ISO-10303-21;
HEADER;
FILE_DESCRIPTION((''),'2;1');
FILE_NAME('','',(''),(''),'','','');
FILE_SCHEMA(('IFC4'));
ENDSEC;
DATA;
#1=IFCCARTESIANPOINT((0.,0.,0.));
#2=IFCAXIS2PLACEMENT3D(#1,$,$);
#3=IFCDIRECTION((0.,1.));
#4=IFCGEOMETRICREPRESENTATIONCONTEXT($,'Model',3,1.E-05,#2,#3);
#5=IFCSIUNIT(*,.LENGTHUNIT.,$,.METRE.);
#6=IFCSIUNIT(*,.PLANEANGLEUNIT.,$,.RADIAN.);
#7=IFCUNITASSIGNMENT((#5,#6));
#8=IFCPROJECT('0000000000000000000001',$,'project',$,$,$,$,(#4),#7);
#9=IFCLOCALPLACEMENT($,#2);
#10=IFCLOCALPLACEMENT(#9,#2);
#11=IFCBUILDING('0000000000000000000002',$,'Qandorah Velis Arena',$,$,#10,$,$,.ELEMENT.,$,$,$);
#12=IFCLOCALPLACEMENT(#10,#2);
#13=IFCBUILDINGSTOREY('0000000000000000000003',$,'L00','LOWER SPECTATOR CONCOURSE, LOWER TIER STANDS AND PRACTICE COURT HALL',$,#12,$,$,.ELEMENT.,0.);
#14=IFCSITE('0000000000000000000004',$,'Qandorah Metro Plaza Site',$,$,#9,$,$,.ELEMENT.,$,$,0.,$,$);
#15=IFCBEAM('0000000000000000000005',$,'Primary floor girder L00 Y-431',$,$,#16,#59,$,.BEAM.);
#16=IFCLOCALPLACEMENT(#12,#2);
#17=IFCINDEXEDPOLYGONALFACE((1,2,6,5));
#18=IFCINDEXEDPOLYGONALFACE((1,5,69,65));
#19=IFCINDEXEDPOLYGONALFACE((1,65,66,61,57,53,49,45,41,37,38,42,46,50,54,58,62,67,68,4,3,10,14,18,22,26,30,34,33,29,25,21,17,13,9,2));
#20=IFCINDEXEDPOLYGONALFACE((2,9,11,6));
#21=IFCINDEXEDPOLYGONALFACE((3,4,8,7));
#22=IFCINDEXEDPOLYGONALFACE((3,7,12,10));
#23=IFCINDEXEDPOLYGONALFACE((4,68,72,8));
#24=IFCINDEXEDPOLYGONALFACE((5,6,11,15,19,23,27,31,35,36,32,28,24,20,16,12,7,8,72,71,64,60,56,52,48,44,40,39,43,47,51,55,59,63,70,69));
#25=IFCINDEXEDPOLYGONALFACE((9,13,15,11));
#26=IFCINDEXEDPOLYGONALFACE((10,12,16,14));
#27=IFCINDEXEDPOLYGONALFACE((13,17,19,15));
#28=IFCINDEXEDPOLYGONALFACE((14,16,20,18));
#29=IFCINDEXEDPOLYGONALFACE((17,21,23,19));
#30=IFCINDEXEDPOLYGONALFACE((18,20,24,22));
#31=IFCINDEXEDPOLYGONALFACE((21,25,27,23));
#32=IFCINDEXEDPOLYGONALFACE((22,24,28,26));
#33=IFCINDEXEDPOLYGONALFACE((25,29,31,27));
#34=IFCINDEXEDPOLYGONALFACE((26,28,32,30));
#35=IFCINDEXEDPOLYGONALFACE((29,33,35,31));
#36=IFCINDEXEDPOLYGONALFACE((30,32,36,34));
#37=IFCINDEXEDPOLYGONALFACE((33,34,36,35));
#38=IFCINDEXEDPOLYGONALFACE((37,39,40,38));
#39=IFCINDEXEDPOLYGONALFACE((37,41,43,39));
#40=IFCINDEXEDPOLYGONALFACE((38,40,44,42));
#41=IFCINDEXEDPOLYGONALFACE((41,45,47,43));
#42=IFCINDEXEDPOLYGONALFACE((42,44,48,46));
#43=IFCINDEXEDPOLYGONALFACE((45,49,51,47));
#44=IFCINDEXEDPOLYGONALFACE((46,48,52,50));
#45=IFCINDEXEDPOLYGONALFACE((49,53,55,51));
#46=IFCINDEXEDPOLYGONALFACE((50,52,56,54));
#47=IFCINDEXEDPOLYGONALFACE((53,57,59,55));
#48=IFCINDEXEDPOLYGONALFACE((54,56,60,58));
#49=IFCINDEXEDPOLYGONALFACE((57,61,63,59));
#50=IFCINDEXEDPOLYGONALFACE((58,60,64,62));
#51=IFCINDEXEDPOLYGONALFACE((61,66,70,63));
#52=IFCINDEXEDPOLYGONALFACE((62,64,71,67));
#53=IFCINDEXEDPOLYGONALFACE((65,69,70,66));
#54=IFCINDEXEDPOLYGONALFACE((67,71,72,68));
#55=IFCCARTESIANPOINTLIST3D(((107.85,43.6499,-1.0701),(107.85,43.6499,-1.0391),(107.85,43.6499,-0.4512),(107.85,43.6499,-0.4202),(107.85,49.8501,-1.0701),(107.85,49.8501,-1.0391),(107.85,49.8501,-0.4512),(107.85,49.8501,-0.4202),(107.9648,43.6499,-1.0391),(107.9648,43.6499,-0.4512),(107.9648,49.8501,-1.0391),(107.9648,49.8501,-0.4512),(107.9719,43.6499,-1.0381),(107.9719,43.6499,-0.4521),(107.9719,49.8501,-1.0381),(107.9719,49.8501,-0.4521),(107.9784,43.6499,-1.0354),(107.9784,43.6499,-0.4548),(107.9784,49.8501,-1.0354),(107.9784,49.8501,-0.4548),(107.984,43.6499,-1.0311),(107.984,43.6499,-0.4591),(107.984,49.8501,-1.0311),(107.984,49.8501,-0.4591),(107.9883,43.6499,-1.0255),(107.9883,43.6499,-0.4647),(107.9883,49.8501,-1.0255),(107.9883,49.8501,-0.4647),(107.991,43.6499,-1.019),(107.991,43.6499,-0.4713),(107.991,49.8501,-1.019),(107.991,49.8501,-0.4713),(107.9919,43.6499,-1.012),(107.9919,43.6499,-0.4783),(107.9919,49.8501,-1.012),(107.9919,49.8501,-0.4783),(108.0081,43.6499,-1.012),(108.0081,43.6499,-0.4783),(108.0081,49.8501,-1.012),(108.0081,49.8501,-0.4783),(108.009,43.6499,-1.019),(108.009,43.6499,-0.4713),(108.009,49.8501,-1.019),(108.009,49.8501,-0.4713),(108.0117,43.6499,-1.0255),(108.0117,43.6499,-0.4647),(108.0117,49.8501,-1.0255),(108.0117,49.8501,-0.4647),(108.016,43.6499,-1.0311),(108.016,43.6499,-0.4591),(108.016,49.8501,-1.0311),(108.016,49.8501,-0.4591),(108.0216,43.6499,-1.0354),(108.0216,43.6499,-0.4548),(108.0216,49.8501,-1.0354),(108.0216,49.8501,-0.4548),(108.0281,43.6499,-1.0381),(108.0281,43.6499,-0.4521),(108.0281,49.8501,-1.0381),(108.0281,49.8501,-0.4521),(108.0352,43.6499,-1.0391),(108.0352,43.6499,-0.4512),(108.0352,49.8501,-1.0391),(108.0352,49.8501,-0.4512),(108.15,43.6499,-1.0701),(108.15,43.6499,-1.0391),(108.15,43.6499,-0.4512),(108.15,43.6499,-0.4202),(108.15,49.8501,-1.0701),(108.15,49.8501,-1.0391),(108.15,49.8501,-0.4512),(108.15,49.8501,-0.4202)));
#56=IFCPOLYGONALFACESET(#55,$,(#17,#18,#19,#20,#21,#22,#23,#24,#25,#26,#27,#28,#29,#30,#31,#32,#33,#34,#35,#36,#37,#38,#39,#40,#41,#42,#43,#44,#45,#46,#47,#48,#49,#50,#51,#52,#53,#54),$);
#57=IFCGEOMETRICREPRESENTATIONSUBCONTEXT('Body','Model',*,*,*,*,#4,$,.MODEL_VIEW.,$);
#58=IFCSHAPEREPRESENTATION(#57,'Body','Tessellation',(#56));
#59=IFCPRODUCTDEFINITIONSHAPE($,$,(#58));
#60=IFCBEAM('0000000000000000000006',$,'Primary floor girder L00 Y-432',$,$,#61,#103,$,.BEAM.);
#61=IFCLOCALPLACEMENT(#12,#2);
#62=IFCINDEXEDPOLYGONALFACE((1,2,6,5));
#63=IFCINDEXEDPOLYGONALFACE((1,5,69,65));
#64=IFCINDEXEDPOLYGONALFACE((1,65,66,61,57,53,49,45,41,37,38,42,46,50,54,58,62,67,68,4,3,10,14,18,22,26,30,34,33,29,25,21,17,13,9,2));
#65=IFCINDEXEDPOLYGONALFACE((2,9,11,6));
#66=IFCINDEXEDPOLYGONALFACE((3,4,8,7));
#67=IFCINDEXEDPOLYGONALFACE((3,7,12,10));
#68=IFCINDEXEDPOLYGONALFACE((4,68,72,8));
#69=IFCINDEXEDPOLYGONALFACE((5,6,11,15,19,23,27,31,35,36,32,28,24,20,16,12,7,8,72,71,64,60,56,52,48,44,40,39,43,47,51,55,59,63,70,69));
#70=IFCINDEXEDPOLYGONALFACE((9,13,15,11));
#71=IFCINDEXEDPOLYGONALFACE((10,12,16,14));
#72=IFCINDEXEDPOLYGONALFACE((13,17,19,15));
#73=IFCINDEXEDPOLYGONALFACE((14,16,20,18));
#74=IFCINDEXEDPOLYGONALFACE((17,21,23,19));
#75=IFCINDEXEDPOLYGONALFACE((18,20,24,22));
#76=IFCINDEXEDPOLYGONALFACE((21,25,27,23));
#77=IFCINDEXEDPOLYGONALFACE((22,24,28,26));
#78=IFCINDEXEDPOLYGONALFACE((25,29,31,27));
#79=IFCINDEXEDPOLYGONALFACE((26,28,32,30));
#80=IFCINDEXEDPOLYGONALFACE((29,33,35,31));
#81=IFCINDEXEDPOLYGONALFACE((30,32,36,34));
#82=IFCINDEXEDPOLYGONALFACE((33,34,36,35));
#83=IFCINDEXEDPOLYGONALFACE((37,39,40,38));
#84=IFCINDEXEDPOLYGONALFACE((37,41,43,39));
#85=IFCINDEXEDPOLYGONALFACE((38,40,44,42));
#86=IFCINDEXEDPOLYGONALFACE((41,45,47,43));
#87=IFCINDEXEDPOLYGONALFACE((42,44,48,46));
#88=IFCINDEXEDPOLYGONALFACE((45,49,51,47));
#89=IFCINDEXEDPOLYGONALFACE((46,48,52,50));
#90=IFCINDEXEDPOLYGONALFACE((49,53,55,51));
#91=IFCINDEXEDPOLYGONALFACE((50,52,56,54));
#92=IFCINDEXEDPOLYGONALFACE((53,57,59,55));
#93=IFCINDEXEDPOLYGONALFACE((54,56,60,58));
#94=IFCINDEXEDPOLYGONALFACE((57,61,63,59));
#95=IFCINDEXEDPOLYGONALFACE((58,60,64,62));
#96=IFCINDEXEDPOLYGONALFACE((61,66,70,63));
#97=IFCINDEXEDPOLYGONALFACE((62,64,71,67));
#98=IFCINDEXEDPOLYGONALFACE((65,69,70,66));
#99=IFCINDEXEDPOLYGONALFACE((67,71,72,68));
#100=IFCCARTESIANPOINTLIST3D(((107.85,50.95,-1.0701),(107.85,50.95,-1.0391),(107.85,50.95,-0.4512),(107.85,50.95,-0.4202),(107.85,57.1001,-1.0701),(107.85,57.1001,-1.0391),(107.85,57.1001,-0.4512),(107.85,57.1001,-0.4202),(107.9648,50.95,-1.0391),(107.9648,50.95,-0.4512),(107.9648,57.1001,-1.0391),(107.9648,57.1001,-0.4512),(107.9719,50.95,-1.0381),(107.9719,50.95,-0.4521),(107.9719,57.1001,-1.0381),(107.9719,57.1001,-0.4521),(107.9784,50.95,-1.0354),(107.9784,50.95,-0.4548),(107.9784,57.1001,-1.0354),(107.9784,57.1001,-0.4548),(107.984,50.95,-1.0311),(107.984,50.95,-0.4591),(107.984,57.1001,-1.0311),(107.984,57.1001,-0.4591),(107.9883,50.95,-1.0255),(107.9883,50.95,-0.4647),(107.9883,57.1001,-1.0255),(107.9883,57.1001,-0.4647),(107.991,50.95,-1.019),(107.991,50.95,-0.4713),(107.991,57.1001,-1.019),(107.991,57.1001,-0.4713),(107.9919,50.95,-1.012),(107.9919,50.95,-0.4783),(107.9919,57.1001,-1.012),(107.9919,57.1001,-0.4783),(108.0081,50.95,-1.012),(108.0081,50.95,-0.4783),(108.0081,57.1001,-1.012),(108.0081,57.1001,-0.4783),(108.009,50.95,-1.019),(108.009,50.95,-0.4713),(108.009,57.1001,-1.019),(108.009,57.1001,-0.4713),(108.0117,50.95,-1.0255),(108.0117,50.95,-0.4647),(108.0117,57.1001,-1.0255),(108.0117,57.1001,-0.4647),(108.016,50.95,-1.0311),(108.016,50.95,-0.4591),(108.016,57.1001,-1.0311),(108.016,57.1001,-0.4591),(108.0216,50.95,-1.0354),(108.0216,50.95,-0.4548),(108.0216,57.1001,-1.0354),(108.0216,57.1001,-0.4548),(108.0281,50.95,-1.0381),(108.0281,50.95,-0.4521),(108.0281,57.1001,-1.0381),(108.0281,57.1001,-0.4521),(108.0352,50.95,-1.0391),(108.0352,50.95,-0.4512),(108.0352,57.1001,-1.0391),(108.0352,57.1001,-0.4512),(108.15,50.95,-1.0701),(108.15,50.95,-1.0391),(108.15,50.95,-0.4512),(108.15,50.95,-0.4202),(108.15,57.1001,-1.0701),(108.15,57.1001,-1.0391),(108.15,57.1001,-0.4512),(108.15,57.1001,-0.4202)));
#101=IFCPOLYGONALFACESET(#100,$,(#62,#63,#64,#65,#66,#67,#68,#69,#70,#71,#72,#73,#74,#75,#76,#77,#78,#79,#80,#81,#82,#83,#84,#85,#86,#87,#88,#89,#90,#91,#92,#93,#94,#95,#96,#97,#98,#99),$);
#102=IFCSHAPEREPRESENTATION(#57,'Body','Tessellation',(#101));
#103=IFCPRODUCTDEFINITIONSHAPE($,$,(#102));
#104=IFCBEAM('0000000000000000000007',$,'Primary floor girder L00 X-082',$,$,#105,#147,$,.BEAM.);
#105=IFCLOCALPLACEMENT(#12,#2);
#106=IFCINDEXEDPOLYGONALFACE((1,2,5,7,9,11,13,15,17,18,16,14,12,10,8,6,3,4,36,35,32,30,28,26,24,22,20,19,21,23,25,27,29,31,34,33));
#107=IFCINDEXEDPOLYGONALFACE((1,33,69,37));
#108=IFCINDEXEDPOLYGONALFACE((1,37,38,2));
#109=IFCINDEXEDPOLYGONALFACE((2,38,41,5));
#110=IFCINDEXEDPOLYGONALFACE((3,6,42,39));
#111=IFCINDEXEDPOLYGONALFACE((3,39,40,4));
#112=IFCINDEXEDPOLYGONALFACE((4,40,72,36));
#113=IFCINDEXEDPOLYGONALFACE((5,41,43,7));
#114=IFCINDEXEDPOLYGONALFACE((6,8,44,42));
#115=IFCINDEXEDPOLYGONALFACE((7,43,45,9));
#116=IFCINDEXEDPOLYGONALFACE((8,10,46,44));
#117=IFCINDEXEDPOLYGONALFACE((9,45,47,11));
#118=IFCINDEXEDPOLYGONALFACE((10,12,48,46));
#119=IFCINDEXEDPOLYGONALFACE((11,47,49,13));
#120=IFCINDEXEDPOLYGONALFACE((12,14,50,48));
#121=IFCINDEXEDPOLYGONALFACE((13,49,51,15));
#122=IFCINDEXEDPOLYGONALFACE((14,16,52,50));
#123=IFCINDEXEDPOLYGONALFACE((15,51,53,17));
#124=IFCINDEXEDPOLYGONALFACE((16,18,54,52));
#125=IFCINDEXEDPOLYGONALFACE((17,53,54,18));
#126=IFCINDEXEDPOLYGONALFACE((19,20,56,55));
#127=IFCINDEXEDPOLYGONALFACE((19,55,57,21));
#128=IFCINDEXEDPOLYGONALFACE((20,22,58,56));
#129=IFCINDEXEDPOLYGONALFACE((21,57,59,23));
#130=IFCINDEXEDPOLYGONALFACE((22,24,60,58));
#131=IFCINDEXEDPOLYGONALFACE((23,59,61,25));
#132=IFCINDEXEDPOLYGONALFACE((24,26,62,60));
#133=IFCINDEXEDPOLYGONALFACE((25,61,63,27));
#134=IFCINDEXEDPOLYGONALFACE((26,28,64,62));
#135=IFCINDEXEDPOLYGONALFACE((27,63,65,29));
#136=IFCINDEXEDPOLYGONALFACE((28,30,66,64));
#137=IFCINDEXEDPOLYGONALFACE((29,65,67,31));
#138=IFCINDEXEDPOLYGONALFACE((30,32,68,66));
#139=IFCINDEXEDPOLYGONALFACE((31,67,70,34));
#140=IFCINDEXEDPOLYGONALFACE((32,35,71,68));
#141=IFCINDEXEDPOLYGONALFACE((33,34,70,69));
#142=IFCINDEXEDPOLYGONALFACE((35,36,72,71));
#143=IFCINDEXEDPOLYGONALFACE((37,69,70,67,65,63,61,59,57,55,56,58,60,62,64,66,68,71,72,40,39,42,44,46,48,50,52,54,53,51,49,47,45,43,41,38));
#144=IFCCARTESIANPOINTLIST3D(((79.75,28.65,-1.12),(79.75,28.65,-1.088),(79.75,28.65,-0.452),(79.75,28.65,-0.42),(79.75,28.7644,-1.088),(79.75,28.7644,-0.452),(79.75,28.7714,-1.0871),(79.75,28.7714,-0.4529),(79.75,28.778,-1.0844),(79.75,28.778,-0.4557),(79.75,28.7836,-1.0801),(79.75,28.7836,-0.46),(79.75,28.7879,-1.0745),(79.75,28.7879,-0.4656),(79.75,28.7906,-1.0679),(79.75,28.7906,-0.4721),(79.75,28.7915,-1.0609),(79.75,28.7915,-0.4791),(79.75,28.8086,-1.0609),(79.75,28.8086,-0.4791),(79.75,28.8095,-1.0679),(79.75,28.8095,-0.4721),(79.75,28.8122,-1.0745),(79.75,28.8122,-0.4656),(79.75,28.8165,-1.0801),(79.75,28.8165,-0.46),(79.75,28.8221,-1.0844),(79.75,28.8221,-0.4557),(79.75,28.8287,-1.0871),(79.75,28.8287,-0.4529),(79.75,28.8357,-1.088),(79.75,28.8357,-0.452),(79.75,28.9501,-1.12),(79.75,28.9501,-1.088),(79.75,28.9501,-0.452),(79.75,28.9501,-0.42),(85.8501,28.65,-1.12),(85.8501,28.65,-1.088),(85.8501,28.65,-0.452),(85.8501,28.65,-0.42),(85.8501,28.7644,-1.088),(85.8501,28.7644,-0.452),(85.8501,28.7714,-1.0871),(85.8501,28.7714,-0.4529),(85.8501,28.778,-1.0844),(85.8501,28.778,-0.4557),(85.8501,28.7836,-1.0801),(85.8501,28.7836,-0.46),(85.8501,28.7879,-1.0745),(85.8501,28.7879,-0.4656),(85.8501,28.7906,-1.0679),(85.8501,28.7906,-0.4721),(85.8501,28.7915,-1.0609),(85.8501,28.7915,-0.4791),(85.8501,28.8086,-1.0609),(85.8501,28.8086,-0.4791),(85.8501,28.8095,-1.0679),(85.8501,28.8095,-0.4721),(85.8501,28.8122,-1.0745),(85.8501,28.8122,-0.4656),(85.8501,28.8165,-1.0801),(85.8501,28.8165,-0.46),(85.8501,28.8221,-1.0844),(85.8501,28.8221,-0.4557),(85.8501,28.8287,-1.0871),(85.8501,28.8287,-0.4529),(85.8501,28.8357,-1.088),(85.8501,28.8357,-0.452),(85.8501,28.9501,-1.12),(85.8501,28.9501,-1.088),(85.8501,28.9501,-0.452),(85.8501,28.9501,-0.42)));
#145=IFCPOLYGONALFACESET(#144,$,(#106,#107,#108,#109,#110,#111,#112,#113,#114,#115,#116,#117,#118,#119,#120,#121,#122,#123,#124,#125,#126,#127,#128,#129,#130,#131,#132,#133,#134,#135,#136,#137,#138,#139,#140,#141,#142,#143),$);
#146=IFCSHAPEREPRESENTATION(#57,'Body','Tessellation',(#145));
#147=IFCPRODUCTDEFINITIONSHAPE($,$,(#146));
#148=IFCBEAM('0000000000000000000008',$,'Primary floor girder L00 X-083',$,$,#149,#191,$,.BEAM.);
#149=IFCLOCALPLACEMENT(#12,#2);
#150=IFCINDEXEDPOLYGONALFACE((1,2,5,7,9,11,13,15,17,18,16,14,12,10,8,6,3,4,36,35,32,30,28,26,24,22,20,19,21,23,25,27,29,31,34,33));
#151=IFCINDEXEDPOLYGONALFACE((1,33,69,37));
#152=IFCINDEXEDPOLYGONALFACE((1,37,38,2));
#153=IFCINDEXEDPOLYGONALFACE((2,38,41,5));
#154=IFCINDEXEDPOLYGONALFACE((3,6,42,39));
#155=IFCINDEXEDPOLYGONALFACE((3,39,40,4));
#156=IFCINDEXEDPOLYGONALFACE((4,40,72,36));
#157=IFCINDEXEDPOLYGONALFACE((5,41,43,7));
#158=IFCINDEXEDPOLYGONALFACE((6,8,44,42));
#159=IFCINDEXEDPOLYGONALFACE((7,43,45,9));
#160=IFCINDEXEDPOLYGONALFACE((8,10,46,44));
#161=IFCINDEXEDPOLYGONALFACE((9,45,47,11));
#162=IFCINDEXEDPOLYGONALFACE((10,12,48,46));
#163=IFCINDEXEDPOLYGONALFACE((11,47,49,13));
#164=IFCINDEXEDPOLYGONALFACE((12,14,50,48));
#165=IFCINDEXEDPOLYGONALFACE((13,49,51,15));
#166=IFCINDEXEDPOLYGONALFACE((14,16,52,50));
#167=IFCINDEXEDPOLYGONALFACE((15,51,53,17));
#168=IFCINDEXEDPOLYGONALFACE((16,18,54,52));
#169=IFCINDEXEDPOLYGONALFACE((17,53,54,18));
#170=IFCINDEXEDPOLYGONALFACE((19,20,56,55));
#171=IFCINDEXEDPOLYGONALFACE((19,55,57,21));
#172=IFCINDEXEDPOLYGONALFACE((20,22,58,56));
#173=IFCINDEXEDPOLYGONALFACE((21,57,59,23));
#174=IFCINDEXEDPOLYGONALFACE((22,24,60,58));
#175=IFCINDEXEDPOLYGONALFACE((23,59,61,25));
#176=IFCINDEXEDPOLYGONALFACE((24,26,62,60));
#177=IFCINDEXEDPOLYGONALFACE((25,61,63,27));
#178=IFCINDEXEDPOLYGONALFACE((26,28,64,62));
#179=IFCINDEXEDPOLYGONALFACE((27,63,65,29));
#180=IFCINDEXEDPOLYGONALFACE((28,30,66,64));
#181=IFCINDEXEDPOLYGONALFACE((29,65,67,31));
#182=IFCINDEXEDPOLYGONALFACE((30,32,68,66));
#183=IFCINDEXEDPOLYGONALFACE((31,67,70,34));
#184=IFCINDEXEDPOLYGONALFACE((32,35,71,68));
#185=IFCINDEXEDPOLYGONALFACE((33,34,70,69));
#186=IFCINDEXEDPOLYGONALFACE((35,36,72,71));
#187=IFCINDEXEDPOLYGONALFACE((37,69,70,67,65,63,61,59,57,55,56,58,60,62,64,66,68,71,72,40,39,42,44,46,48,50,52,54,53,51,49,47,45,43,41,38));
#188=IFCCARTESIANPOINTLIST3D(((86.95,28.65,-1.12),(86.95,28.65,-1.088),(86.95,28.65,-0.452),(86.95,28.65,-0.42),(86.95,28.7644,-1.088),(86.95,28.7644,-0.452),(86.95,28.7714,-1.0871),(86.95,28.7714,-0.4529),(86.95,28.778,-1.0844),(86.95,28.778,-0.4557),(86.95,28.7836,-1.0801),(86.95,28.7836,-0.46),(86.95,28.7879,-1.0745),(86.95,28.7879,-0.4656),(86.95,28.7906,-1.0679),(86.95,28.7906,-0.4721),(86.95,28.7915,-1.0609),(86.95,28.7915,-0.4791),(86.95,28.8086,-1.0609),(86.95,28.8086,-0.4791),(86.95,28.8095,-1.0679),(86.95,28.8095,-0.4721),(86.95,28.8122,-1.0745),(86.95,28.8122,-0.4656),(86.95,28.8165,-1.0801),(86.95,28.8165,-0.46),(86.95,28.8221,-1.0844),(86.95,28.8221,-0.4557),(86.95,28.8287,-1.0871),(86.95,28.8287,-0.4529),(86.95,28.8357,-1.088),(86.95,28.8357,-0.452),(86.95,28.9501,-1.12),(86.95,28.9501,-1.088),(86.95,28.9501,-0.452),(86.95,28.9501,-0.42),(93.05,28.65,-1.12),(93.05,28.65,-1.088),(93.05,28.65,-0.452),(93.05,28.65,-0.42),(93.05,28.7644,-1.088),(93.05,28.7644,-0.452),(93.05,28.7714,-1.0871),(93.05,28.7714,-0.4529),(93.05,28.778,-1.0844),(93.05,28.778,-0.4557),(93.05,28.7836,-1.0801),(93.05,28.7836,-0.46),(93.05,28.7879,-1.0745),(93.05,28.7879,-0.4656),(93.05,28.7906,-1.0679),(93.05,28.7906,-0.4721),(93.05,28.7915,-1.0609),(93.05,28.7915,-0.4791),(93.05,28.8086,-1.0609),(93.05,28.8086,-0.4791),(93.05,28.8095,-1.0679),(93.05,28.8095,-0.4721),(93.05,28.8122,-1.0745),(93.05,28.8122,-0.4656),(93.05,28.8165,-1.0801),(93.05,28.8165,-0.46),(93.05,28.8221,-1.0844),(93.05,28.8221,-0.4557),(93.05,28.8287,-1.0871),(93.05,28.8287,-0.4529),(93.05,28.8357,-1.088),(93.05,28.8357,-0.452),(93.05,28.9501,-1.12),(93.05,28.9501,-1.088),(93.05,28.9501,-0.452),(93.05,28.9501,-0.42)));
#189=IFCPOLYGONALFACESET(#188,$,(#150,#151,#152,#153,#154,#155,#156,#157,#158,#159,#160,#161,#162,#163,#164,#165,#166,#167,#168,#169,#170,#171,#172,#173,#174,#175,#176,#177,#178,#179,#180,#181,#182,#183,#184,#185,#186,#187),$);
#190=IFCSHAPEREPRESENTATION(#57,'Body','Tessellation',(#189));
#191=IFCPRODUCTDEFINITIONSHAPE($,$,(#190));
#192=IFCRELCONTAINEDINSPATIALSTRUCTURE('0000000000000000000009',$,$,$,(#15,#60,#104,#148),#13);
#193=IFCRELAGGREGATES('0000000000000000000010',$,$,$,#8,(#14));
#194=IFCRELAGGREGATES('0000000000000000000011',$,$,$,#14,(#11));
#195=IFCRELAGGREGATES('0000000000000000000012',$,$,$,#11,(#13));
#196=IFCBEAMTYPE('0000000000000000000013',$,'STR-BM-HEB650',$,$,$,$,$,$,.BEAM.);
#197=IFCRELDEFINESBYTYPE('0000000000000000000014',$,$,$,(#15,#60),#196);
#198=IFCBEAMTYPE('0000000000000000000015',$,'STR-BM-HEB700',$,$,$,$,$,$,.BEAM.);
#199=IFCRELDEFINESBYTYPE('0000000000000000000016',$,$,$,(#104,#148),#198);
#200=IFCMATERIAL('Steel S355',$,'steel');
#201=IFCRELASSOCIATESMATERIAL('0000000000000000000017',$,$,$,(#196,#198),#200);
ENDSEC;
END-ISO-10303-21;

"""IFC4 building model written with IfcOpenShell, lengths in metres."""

from ifc_helpers import new_model, si_unit, direction, frame, origin, origin_2d, place, context, subcontext, project, spatial, i_section, extrude, material, material_profile, profile_set, type_object, element, save


model = new_model("IFC4")

# Units and contexts
model_context = context("Model", 3, precision=1e-05, world=origin(), true_north=direction((0.0, 1.0)))
body_context = subcontext(model_context, "Body", "Model", "MODEL_VIEW")
ifc_project = project(units=[si_unit("LENGTHUNIT", "METRE"), si_unit("PLANEANGLEUNIT", "RADIAN")], contexts=[model_context])

# Site, building, storey
site_placement = place(None, origin())
site = spatial("IfcSite", under=ifc_project, at=site_placement, Name="Qandorah Metro Plaza Site", CompositionType="ELEMENT", RefElevation=0.0)
building_placement = place(site_placement, origin())
building = spatial("IfcBuilding", under=site, at=building_placement, Name="Qandorah Velis Arena", CompositionType="ELEMENT")
storey_placement = place(building_placement, origin())
storey = spatial("IfcBuildingStorey", under=building, at=storey_placement, Name="L00", Description="LOWER SPECTATOR CONCOURSE, LOWER TIER STANDS AND PRACTICE COURT HALL", CompositionType="ELEMENT", Elevation=0.0)

# Beams
ifc_material_1 = material(Name="Steel S355", Category="steel")
ifc_material_profile_1 = material_profile(ifc_material_1, i_section(OverallWidth=0.3, OverallDepth=0.6499, WebThickness=0.0161, FlangeThickness=0.031, FilletRadius=0.0271, at=origin_2d()), Name="HEB 650")
ifc_profile_set_1 = profile_set([ifc_material_profile_1], Name="Steel S355")
beam_type_1 = type_object("IfcBeamType", Name="STR-BM-HEB650", PredefinedType="BEAM", material=ifc_profile_set_1)
beam_1_placement = place(storey_placement, frame((108.0, 43.6499, -0.7451), z_axis=(0.0, 1.0, 0.0), x_axis=(-1.0, 0.0, 0.0)))
element("IfcBeam", 1, at=beam_1_placement, inside=storey, type_object=beam_type_1, Name="Primary floor girder L00 Y-431", PredefinedType="BEAM", context=body_context, shape_type="SweptSolid", body=[
    extrude(i_section(OverallWidth=0.3, OverallDepth=0.6499, WebThickness=0.0161, FlangeThickness=0.031, FilletRadius=0.0271, at=origin_2d()), origin(), (0.0, 0.0, 1.0), 6.2002),
])
beam_2_placement = place(storey_placement, frame((108.0, 50.95, -0.7451), z_axis=(0.0, 1.0, 0.0), x_axis=(-1.0, 0.0, 0.0)))
element("IfcBeam", 2, at=beam_2_placement, inside=storey, type_object=beam_type_1, Name="Primary floor girder L00 Y-432", PredefinedType="BEAM", context=body_context, shape_type="SweptSolid", body=[
    extrude(i_section(OverallWidth=0.3, OverallDepth=0.6499, WebThickness=0.0161, FlangeThickness=0.031, FilletRadius=0.0271, at=origin_2d()), origin(), (0.0, 0.0, 1.0), 6.1501),
])
ifc_material_profile_2 = material_profile(ifc_material_1, i_section(OverallWidth=0.3, OverallDepth=0.7, WebThickness=0.0171, FlangeThickness=0.032, FilletRadius=0.0271, at=origin_2d()), Name="HEB 700")
ifc_profile_set_2 = profile_set([ifc_material_profile_2], Name="Steel S355")
beam_type_2 = type_object("IfcBeamType", Name="STR-BM-HEB700", PredefinedType="BEAM", material=ifc_profile_set_2)
for number, where, z_axis, x_axis, name in (
    (3, (79.75, 28.8, -0.77), (1.0, 0.0, 0.0), (0.0, 1.0, 0.0), "Primary floor girder L00 X-082"),
    (4, (86.95, 28.8, -0.77), (1.0, 0.0, 0.0), (0.0, 1.0, 0.0), "Primary floor girder L00 X-083"),
):
    element("IfcBeam", number, at=place(storey_placement, frame(where, z_axis=z_axis, x_axis=x_axis)), inside=storey, type_object=beam_type_2, Name=name, PredefinedType="BEAM", context=body_context, shape_type="SweptSolid", body=[
        extrude(i_section(OverallWidth=0.3, OverallDepth=0.7, WebThickness=0.0171, FlangeThickness=0.032, FilletRadius=0.0271, at=origin_2d()), origin(), (0.0, 0.0, 1.0), 6.1001),
    ])

save(model, "model.ifc")
